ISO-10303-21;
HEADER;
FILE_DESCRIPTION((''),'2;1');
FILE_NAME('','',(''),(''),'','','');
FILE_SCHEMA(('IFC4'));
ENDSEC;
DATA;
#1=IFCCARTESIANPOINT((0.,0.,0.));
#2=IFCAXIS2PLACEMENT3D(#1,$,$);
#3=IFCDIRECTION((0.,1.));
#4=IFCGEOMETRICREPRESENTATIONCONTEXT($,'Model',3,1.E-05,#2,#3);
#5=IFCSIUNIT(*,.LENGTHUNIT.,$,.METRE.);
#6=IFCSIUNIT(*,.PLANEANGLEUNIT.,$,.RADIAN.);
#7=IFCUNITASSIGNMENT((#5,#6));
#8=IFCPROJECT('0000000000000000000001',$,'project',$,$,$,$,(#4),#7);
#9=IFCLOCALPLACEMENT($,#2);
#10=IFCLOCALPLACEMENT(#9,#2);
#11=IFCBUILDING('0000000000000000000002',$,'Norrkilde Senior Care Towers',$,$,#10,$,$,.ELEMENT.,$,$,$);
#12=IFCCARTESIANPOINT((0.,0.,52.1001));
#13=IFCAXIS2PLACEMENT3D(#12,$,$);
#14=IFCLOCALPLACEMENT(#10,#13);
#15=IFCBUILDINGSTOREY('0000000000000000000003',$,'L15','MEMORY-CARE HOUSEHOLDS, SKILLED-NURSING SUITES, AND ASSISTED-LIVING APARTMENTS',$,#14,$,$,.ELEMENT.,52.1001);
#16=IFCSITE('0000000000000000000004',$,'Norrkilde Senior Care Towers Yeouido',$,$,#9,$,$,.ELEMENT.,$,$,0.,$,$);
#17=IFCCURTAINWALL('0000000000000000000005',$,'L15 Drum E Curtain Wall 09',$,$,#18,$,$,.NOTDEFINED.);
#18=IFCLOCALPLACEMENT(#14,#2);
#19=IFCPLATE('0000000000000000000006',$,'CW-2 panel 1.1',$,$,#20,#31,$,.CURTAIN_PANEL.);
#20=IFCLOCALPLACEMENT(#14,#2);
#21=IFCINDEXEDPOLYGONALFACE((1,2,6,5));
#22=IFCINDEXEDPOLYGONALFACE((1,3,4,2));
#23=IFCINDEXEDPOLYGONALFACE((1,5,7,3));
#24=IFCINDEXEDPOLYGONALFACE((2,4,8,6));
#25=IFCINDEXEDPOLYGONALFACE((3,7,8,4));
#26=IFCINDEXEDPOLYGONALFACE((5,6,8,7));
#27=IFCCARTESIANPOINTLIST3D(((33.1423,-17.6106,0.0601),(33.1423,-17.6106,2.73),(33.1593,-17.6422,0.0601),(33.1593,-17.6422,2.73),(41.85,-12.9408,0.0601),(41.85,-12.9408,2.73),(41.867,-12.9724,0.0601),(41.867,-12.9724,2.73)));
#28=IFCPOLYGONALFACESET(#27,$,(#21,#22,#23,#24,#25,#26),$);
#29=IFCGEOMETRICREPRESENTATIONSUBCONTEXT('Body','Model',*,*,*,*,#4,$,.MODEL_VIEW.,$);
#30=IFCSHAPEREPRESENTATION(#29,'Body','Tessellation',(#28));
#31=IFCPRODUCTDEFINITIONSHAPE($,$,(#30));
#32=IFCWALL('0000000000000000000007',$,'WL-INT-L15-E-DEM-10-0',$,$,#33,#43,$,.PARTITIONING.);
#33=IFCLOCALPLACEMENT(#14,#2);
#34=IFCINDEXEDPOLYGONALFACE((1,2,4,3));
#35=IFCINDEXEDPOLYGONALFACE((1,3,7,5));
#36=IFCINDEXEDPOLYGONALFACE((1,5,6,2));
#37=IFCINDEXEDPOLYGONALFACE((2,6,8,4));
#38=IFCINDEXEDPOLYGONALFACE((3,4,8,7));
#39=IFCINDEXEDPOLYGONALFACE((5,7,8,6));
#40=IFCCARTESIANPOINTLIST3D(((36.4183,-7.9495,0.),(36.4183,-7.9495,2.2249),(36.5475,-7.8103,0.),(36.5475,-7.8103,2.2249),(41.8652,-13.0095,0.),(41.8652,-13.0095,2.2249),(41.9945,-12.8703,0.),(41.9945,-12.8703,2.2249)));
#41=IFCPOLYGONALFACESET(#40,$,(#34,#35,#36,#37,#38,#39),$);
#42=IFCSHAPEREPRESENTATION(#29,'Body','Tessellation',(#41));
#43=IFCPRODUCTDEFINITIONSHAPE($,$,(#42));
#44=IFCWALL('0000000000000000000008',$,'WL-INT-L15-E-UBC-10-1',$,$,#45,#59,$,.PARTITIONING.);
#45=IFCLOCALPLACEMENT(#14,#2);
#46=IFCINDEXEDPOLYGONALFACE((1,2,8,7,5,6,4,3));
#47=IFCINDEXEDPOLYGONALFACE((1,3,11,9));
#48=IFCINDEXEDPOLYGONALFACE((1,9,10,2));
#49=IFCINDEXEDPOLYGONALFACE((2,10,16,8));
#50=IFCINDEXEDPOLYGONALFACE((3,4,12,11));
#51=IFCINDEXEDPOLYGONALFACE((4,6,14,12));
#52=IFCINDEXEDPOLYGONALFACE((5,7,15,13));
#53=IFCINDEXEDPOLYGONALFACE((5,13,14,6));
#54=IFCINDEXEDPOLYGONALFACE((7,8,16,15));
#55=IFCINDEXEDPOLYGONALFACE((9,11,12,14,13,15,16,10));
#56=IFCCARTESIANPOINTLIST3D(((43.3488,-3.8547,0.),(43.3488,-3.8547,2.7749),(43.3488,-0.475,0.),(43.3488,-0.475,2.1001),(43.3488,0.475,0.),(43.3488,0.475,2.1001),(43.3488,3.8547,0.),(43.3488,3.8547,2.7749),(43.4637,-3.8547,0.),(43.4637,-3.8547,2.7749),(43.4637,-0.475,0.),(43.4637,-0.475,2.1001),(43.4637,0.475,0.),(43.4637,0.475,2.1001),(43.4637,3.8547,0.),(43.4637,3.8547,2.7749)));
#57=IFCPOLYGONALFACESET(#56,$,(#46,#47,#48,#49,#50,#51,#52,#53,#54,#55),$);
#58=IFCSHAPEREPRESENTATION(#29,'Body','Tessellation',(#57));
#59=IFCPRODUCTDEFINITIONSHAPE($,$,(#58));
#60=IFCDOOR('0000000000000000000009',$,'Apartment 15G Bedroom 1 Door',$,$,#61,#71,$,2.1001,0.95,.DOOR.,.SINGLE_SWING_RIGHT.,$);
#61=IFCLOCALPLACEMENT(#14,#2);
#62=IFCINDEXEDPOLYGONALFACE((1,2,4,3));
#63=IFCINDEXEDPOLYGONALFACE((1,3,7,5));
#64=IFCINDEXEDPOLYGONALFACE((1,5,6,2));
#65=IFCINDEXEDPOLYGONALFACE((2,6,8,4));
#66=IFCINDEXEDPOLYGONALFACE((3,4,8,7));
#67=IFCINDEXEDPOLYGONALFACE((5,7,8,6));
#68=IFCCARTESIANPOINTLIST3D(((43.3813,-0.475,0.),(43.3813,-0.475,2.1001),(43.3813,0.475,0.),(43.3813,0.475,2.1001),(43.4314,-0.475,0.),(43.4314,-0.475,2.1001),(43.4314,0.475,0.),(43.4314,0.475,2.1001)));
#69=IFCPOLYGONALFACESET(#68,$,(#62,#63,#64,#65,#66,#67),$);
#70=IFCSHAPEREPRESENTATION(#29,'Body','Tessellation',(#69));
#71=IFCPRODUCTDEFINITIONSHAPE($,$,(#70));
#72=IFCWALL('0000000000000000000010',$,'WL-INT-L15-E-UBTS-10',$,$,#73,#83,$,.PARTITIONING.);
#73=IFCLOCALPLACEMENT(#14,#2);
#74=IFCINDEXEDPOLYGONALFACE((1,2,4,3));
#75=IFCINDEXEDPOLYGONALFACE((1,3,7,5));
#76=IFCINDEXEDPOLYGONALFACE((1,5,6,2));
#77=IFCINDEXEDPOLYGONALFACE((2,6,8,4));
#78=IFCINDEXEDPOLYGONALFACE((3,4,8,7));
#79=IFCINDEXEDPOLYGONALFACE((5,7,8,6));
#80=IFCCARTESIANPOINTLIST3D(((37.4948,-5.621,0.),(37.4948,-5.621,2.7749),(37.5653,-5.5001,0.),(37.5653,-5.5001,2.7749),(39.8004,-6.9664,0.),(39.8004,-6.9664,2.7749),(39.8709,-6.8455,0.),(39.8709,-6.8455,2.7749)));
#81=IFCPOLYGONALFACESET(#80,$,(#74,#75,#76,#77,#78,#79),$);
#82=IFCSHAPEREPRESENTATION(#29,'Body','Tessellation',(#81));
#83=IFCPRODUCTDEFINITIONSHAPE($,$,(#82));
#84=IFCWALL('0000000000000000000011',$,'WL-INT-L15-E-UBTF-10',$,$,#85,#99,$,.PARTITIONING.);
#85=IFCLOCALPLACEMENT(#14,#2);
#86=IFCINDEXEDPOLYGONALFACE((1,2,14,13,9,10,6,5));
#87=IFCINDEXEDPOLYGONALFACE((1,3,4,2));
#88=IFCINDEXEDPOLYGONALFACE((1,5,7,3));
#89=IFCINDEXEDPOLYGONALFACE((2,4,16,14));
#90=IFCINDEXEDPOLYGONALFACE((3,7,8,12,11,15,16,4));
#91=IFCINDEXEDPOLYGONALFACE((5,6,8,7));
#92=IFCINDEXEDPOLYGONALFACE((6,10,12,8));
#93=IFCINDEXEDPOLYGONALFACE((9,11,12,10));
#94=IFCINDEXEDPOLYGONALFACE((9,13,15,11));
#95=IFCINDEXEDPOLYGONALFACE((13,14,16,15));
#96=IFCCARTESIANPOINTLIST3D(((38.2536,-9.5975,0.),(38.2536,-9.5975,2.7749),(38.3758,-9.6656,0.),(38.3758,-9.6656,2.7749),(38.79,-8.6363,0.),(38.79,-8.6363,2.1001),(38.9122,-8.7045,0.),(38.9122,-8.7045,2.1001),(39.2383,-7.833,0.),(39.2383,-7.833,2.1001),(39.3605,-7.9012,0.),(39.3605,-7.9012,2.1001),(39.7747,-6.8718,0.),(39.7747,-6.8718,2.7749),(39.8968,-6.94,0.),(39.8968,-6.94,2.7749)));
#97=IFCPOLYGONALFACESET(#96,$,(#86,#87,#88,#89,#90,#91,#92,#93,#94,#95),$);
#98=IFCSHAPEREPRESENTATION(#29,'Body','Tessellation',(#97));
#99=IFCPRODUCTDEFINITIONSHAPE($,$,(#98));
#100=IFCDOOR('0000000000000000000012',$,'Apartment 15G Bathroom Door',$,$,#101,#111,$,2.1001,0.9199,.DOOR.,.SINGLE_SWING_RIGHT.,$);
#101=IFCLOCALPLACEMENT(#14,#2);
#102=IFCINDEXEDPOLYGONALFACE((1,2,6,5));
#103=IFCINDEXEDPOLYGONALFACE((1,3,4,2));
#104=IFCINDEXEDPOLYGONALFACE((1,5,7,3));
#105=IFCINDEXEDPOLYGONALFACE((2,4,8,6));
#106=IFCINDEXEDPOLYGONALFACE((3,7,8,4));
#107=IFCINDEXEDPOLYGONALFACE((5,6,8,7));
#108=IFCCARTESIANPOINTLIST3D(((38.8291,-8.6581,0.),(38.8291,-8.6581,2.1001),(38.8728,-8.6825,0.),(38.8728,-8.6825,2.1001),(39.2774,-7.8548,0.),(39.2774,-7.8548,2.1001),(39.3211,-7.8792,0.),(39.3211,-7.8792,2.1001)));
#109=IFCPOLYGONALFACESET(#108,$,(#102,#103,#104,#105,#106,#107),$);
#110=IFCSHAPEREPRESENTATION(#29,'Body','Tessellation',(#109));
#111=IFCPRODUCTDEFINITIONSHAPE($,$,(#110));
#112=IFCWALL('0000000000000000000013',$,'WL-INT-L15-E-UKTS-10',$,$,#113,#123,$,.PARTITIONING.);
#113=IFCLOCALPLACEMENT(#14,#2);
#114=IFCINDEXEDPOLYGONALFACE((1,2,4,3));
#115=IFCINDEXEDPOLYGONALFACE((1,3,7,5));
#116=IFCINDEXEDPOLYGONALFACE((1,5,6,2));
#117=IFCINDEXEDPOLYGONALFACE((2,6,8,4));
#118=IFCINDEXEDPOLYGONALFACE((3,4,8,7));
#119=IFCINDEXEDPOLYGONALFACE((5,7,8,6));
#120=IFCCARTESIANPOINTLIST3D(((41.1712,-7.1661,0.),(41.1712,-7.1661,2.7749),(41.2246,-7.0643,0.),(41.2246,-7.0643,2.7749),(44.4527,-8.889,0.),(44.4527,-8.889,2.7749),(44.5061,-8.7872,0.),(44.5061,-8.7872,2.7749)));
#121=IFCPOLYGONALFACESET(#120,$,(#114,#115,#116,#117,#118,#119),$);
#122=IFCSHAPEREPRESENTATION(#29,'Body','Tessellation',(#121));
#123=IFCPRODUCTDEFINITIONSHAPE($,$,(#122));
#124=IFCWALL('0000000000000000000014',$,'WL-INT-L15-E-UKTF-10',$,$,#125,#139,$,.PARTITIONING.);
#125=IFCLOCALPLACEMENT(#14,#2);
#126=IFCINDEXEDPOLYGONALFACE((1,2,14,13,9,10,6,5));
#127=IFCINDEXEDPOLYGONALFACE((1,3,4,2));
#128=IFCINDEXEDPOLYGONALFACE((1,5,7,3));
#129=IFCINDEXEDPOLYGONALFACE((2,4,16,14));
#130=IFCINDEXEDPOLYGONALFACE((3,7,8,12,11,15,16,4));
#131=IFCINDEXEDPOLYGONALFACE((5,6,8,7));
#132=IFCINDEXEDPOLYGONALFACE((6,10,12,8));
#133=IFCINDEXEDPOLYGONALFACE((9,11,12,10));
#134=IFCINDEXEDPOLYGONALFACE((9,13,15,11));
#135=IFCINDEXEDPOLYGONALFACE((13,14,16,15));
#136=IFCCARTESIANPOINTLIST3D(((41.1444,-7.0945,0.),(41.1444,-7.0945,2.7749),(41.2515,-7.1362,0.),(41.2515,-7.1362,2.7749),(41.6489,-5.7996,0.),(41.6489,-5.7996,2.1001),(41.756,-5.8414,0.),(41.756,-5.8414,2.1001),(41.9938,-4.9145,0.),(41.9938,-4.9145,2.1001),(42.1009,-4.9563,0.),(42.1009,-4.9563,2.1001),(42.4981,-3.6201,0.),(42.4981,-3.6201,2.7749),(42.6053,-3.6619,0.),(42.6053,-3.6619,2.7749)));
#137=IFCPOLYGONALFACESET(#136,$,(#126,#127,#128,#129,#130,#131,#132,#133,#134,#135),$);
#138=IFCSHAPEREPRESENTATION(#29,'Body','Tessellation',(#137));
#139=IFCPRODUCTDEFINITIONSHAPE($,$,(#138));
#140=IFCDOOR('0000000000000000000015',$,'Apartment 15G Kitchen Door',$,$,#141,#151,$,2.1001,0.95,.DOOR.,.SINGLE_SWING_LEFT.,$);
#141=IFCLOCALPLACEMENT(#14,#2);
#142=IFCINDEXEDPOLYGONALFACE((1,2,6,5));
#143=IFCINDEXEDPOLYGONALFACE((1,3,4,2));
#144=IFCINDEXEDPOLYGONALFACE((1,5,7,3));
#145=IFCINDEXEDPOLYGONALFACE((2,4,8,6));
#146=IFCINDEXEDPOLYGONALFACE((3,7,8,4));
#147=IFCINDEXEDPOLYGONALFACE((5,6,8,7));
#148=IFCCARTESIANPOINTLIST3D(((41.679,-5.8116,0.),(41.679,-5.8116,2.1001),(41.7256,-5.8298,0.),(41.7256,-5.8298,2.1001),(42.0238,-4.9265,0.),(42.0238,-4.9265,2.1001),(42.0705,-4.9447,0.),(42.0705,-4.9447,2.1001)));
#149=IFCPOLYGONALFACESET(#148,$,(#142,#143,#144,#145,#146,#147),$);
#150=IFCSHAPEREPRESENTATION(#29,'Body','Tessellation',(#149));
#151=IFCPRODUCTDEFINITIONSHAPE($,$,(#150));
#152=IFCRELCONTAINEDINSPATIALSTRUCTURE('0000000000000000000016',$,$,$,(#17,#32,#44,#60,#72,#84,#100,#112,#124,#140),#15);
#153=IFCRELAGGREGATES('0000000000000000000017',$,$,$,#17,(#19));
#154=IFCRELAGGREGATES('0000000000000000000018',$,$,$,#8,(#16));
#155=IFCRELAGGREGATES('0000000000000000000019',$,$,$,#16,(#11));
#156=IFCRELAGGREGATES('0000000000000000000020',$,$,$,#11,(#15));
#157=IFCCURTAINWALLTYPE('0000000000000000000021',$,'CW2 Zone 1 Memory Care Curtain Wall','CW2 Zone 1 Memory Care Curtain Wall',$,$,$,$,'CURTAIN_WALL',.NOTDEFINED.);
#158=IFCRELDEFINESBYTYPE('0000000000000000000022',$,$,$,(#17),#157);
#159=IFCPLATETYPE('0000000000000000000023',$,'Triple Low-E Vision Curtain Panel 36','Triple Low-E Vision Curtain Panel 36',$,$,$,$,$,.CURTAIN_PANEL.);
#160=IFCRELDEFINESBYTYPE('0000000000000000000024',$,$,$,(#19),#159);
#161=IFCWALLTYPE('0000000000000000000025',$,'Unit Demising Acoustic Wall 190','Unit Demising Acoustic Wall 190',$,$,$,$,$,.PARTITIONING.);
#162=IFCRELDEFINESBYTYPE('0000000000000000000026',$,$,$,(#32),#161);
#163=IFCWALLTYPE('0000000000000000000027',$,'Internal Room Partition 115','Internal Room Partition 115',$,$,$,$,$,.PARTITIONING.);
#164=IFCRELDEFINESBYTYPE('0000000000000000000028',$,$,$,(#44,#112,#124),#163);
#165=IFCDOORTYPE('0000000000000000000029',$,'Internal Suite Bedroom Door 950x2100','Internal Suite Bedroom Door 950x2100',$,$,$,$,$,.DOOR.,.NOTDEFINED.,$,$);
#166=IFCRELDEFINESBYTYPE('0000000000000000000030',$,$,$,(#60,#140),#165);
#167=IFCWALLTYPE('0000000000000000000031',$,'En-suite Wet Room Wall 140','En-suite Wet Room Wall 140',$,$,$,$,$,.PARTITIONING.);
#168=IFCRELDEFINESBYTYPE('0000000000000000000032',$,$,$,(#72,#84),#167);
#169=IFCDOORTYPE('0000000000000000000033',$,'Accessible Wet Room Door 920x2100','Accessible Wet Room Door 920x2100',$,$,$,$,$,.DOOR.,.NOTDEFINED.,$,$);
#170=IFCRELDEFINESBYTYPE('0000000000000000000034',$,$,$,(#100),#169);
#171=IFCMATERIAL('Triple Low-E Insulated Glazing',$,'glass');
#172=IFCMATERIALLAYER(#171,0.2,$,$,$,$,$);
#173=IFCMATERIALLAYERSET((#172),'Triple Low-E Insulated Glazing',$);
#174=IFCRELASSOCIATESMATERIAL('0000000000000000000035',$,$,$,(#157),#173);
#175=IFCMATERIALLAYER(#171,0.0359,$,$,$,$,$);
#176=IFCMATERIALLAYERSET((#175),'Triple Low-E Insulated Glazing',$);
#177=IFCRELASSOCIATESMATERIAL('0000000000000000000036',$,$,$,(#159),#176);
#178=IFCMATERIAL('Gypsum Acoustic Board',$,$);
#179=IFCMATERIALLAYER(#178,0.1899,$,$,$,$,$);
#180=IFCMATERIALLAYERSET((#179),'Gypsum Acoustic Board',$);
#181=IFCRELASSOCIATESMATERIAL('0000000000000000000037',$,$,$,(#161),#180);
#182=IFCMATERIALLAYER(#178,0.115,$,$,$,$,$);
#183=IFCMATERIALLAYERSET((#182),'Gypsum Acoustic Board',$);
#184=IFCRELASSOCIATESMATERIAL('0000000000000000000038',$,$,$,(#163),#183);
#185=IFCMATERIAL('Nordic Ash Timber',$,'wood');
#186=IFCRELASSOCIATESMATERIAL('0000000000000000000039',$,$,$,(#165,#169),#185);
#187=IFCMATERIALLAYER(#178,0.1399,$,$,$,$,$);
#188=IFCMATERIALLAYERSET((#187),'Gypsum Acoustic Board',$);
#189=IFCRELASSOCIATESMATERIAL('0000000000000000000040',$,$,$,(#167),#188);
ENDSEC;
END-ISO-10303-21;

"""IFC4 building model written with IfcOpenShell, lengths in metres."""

from ifc_helpers import new_model, si_unit, direction, frame, frame_2d, origin, origin_2d, place, context, subcontext, project, spatial, rectangle, extrude, source, transform, mapped, material, layer, layer_set, type_object, type_shapes, element, fill, aggregate, save


model = new_model("IFC4")

# Units and contexts
model_context = context("Model", 3, precision=1e-05, world=origin(), true_north=direction((0.0, 1.0)))
body_context = subcontext(model_context, "Body", "Model", "MODEL_VIEW")
ifc_project = project(units=[si_unit("LENGTHUNIT", "METRE"), si_unit("PLANEANGLEUNIT", "RADIAN")], contexts=[model_context])

# Site, building, storey
site_placement = place(None, origin())
site = spatial("IfcSite", under=ifc_project, at=site_placement, Name="Norrkilde Senior Care Towers Yeouido", CompositionType="ELEMENT", RefElevation=0.0)
building_placement = place(site_placement, origin())
building = spatial("IfcBuilding", under=site, at=building_placement, Name="Norrkilde Senior Care Towers", CompositionType="ELEMENT")
storey_placement = place(building_placement, frame((0.0, 0.0, 52.1001)))
storey = spatial("IfcBuildingStorey", under=building, at=storey_placement, Name="L15", Description="MEMORY-CARE HOUSEHOLDS, SKILLED-NURSING SUITES, AND ASSISTED-LIVING APARTMENTS", CompositionType="ELEMENT", Elevation=52.1001)

# Curtain wall
ifc_material_1 = material(Name="Triple Low-E Insulated Glazing", Category="glass")
ifc_layer_1 = layer(ifc_material_1, 0.2)
ifc_layer_set_1 = layer_set([ifc_layer_1], Name="Triple Low-E Insulated Glazing")
curtain_wall_type = type_object("IfcCurtainWallType", Name="CW2 Zone 1 Memory Care Curtain Wall", Description="CW2 Zone 1 Memory Care Curtain Wall", ElementType="CURTAIN_WALL", PredefinedType="NOTDEFINED", material=ifc_layer_set_1)
curtain_wall_1_placement = place(storey_placement, origin())
curtain_wall_1 = element("IfcCurtainWall", 1, at=curtain_wall_1_placement, inside=storey, type_object=curtain_wall_type, Name="L15 Drum E Curtain Wall 09", PredefinedType="NOTDEFINED")

# Plate
ifc_layer_2 = layer(ifc_material_1, 0.0359)
ifc_layer_set_2 = layer_set([ifc_layer_2], Name="Triple Low-E Insulated Glazing")
plate_type = type_object("IfcPlateType", Name="Triple Low-E Vision Curtain Panel 36", Description="Triple Low-E Vision Curtain Panel 36", PredefinedType="CURTAIN_PANEL", material=ifc_layer_set_2)
shared_shape_1 = source(origin(), body_context, "Body", "SweptSolid", [
    extrude(rectangle(XDim=9.8809, YDim=0.0359, at=origin_2d()), origin(), (0.0, 0.0, 1.0), 2.6699),
])
plate_1_placement = place(storey_placement, frame((37.5046, -15.2915, 0.0601), z_axis=(0.0, 0.0, 1.0), x_axis=(-0.881273, -0.472608, 0.0)))
plate_1 = element("IfcPlate", 2, at=plate_1_placement, type_object=plate_type, Name="CW-2 panel 1.1", PredefinedType="CURTAIN_PANEL", context=body_context, shape_type="MappedRepresentation", body=[
    mapped(shared_shape_1, transform((0.0, 0.0, 0.0), x_axis=(1.0, 0.0, 0.0), y_axis=(0.0, 1.0, 0.0), z_axis=(0.0, 0.0, 1.0), scale=1.0)),
])
aggregate(curtain_wall_1, [plate_1])

# Shared definitions
ifc_material_2 = material(Name="Gypsum Acoustic Board")
ifc_material_3 = material(Name="Nordic Ash Timber", Category="wood")

# Wall
ifc_layer_3 = layer(ifc_material_2, 0.1899)
ifc_layer_set_3 = layer_set([ifc_layer_3], Name="Gypsum Acoustic Board")
wall_type_1 = type_object("IfcWallType", Name="Unit Demising Acoustic Wall 190", Description="Unit Demising Acoustic Wall 190", PredefinedType="PARTITIONING", material=ifc_layer_set_3)
shared_shape_2 = source(origin(), body_context, "Body", "SweptSolid", [
    extrude(rectangle(XDim=7.4346, YDim=0.1899, at=frame_2d((3.7173, 0.0))), origin(), (0.0, 0.0, 1.0), 2.2249),
])
type_shapes(wall_type_1, [shared_shape_2])
wall_1_placement = place(storey_placement, frame((36.4829, -7.8799, 0.0), z_axis=(0.0, 0.0, 1.0), x_axis=(0.732652, -0.680603, 0.0)))
element("IfcWall", 3, at=wall_1_placement, inside=storey, type_object=wall_type_1, Name="WL-INT-L15-E-DEM-10-0", PredefinedType="PARTITIONING", context=body_context, shape_type="MappedRepresentation", body=[
    mapped(shared_shape_2, transform((0.0, 0.0, 0.0), x_axis=(1.0, 0.0, 0.0), y_axis=(0.0, 1.0, 0.0), z_axis=(0.0, 0.0, 1.0), scale=1.0)),
])

# Wall, opening, door
ifc_layer_4 = layer(ifc_material_2, 0.115)
ifc_layer_set_4 = layer_set([ifc_layer_4], Name="Gypsum Acoustic Board")
wall_type_2 = type_object("IfcWallType", Name="Internal Room Partition 115", Description="Internal Room Partition 115", PredefinedType="PARTITIONING", material=ifc_layer_set_4)
shared_shape_3 = source(origin(), body_context, "Body", "SweptSolid", [
    extrude(rectangle(XDim=7.7095, YDim=0.115, at=frame_2d((3.8547, 0.0))), origin(), (0.0, 0.0, 1.0), 2.7749),
])
wall_2_placement = place(storey_placement, frame((43.4062, -3.8547, 0.0), z_axis=(0.0, 0.0, 1.0), x_axis=(0.0, 1.0, 0.0)))
wall_2 = element("IfcWall", 4, at=wall_2_placement, inside=storey, type_object=wall_type_2, Name="WL-INT-L15-E-UBC-10-1", PredefinedType="PARTITIONING", context=body_context, shape_type="MappedRepresentation", body=[
    mapped(shared_shape_3, transform((0.0, 0.0, 0.0), x_axis=(1.0, 0.0, 0.0), y_axis=(0.0, 1.0, 0.0), z_axis=(0.0, 0.0, 1.0), scale=1.0)),
])
opening_1_placement = place(wall_2_placement, frame((3.3796, 0.0, 0.0)))
opening_1 = element("IfcOpeningElement", 5, at=opening_1_placement, cuts=wall_2, PredefinedType="OPENING", context=body_context, shape_type="SweptSolid", body=[
    extrude(rectangle(XDim=0.95, YDim=2.1001, at=frame_2d((0.4751, 1.05))), frame((0.0, 0.0674, 0.0), z_axis=(0.0, -1.0, 0.0), x_axis=(1.0, 0.0, 0.0)), (0.0, 0.0, 1.0), 0.135),
])
door_type_1 = type_object("IfcDoorType", Name="Internal Suite Bedroom Door 950x2100", Description="Internal Suite Bedroom Door 950x2100", OperationType="NOTDEFINED", PredefinedType="DOOR", material=ifc_material_3)
shared_shape_4 = source(origin(), body_context, "Body", "SweptSolid", [
    extrude(rectangle(XDim=0.95, YDim=2.1001, at=frame_2d((0.4751, 1.05))), frame((0.0, 0.0249, 0.0), z_axis=(0.0, -1.0, 0.0), x_axis=(1.0, 0.0, 0.0)), (0.0, 0.0, 1.0), 0.05),
])
type_shapes(door_type_1, [shared_shape_4])
door_1_placement = place(opening_1_placement, origin())
door_1 = element("IfcDoor", 6, at=door_1_placement, inside=storey, type_object=door_type_1, Name="Apartment 15G Bedroom 1 Door", OperationType="SINGLE_SWING_RIGHT", OverallHeight=2.1001, OverallWidth=0.95, PredefinedType="DOOR", context=body_context, shape_type="MappedRepresentation", body=[
    mapped(shared_shape_4, transform((0.0, 0.0, 0.0), x_axis=(1.0, 0.0, 0.0), y_axis=(0.0, 1.0, 0.0), z_axis=(0.0, 0.0, 1.0), scale=1.0)),
])
fill(opening_1, door_1)

# Wall
ifc_layer_5 = layer(ifc_material_2, 0.1399)
ifc_layer_set_5 = layer_set([ifc_layer_5], Name="Gypsum Acoustic Board")
wall_type_3 = type_object("IfcWallType", Name="En-suite Wet Room Wall 140", Description="En-suite Wet Room Wall 140", PredefinedType="PARTITIONING", material=ifc_layer_set_5)
shared_shape_5 = source(origin(), body_context, "Body", "SweptSolid", [
    extrude(rectangle(XDim=2.6694, YDim=0.1399, at=frame_2d((1.3347, 0.0))), origin(), (0.0, 0.0, 1.0), 2.7749),
])
wall_3_placement = place(storey_placement, frame((37.53, -5.5605, 0.0), z_axis=(0.0, 0.0, 1.0), x_axis=(0.863699, -0.504007, 0.0)))
element("IfcWall", 7, at=wall_3_placement, inside=storey, type_object=wall_type_3, Name="WL-INT-L15-E-UBTS-10", PredefinedType="PARTITIONING", context=body_context, shape_type="MappedRepresentation", body=[
    mapped(shared_shape_5, transform((0.0, 0.0, 0.0), x_axis=(1.0, 0.0, 0.0), y_axis=(0.0, 1.0, 0.0), z_axis=(0.0, 0.0, 1.0), scale=1.0)),
])

# Wall, opening, door
shared_shape_6 = source(origin(), body_context, "Body", "SweptSolid", [
    extrude(rectangle(XDim=3.1213, YDim=0.1399, at=frame_2d((1.5605, 0.0))), origin(), (0.0, 0.0, 1.0), 2.7749),
])
type_shapes(wall_type_3, [shared_shape_5, shared_shape_6])
wall_4_placement = place(storey_placement, frame((39.8357, -6.906, 0.0), z_axis=(0.0, 0.0, 1.0), x_axis=(-0.487302, -0.873233, 0.0)))
wall_4 = element("IfcWall", 8, at=wall_4_placement, inside=storey, type_object=wall_type_3, Name="WL-INT-L15-E-UBTF-10", PredefinedType="PARTITIONING", context=body_context, shape_type="MappedRepresentation", body=[
    mapped(shared_shape_6, transform((0.0, 0.0, 0.0), x_axis=(1.0, 0.0, 0.0), y_axis=(0.0, 1.0, 0.0), z_axis=(0.0, 0.0, 1.0), scale=1.0)),
])
opening_2_placement = place(wall_4_placement, frame((1.1006, 0.0, 0.0)))
opening_2 = element("IfcOpeningElement", 9, at=opening_2_placement, cuts=wall_4, PredefinedType="OPENING", context=body_context, shape_type="SweptSolid", body=[
    extrude(rectangle(XDim=0.9199, YDim=2.1001, at=frame_2d((0.46, 1.05))), frame((0.0, 0.0798, 0.0), z_axis=(0.0, -1.0, 0.0), x_axis=(1.0, 0.0, 0.0)), (0.0, 0.0, 1.0), 0.1599),
])
door_type_2 = type_object("IfcDoorType", Name="Accessible Wet Room Door 920x2100", Description="Accessible Wet Room Door 920x2100", OperationType="NOTDEFINED", PredefinedType="DOOR", material=ifc_material_3)
shared_shape_7 = source(origin(), body_context, "Body", "SweptSolid", [
    extrude(rectangle(XDim=0.9199, YDim=2.1001, at=frame_2d((0.46, 1.05))), frame((0.0, 0.0249, 0.0), z_axis=(0.0, -1.0, 0.0), x_axis=(1.0, 0.0, 0.0)), (0.0, 0.0, 1.0), 0.05),
])
type_shapes(door_type_2, [shared_shape_7])
door_2_placement = place(opening_2_placement, origin())
door_2 = element("IfcDoor", 10, at=door_2_placement, inside=storey, type_object=door_type_2, Name="Apartment 15G Bathroom Door", OperationType="SINGLE_SWING_RIGHT", OverallHeight=2.1001, OverallWidth=0.9199, PredefinedType="DOOR", context=body_context, shape_type="MappedRepresentation", body=[
    mapped(shared_shape_7, transform((0.0, 0.0, 0.0), x_axis=(1.0, 0.0, 0.0), y_axis=(0.0, 1.0, 0.0), z_axis=(0.0, 0.0, 1.0), scale=1.0)),
])
fill(opening_2, door_2)

# Wall
shared_shape_8 = source(origin(), body_context, "Body", "SweptSolid", [
    extrude(rectangle(XDim=3.7063, YDim=0.115, at=frame_2d((1.853, 0.0))), origin(), (0.0, 0.0, 1.0), 2.7749),
])
wall_5_placement = place(storey_placement, frame((41.198, -7.1152, 0.0), z_axis=(0.0, 0.0, 1.0), x_axis=(0.885385, -0.464858, 0.0)))
element("IfcWall", 11, at=wall_5_placement, inside=storey, type_object=wall_type_2, Name="WL-INT-L15-E-UKTS-10", PredefinedType="PARTITIONING", context=body_context, shape_type="MappedRepresentation", body=[
    mapped(shared_shape_8, transform((0.0, 0.0, 0.0), x_axis=(1.0, 0.0, 0.0), y_axis=(0.0, 1.0, 0.0), z_axis=(0.0, 0.0, 1.0), scale=1.0)),
])

# Wall, opening, door
shared_shape_9 = source(origin(), body_context, "Body", "SweptSolid", [
    extrude(rectangle(XDim=3.7288, YDim=0.115, at=frame_2d((1.8643, 0.0))), origin(), (0.0, 0.0, 1.0), 2.7749),
])
type_shapes(wall_type_2, [shared_shape_3, shared_shape_8, shared_shape_9])
wall_6_placement = place(storey_placement, frame((41.198, -7.1152, 0.0), z_axis=(0.0, 0.0, 1.0), x_axis=(0.363056, 0.931767, 0.0)))
wall_6 = element("IfcWall", 12, at=wall_6_placement, inside=storey, type_object=wall_type_2, Name="WL-INT-L15-E-UKTF-10", PredefinedType="PARTITIONING", context=body_context, shape_type="MappedRepresentation", body=[
    mapped(shared_shape_9, transform((0.0, 0.0, 0.0), x_axis=(1.0, 0.0, 0.0), y_axis=(0.0, 1.0, 0.0), z_axis=(0.0, 0.0, 1.0), scale=1.0)),
])
opening_3_placement = place(wall_6_placement, frame((1.3894, 0.0, 0.0)))
opening_3 = element("IfcOpeningElement", 13, at=opening_3_placement, cuts=wall_6, PredefinedType="OPENING", context=body_context, shape_type="SweptSolid", body=[
    extrude(rectangle(XDim=0.95, YDim=2.1001, at=frame_2d((0.4751, 1.05))), frame((0.0, 0.0674, 0.0), z_axis=(0.0, -1.0, 0.0), x_axis=(1.0, 0.0, 0.0)), (0.0, 0.0, 1.0), 0.135),
])
door_3_placement = place(opening_3_placement, frame((0.95, 0.0, 0.0), z_axis=(0.0, 0.0, 1.0), x_axis=(-1.0, 0.0, 0.0)))
door_3 = element("IfcDoor", 14, at=door_3_placement, inside=storey, type_object=door_type_1, Name="Apartment 15G Kitchen Door", OperationType="SINGLE_SWING_LEFT", OverallHeight=2.1001, OverallWidth=0.95, PredefinedType="DOOR", context=body_context, shape_type="MappedRepresentation", body=[
    mapped(shared_shape_4, transform((0.0, 0.0, 0.0), x_axis=(1.0, 0.0, 0.0), y_axis=(0.0, 1.0, 0.0), z_axis=(0.0, 0.0, 1.0), scale=1.0)),
])
fill(opening_3, door_3)

save(model, "model.ifc")
